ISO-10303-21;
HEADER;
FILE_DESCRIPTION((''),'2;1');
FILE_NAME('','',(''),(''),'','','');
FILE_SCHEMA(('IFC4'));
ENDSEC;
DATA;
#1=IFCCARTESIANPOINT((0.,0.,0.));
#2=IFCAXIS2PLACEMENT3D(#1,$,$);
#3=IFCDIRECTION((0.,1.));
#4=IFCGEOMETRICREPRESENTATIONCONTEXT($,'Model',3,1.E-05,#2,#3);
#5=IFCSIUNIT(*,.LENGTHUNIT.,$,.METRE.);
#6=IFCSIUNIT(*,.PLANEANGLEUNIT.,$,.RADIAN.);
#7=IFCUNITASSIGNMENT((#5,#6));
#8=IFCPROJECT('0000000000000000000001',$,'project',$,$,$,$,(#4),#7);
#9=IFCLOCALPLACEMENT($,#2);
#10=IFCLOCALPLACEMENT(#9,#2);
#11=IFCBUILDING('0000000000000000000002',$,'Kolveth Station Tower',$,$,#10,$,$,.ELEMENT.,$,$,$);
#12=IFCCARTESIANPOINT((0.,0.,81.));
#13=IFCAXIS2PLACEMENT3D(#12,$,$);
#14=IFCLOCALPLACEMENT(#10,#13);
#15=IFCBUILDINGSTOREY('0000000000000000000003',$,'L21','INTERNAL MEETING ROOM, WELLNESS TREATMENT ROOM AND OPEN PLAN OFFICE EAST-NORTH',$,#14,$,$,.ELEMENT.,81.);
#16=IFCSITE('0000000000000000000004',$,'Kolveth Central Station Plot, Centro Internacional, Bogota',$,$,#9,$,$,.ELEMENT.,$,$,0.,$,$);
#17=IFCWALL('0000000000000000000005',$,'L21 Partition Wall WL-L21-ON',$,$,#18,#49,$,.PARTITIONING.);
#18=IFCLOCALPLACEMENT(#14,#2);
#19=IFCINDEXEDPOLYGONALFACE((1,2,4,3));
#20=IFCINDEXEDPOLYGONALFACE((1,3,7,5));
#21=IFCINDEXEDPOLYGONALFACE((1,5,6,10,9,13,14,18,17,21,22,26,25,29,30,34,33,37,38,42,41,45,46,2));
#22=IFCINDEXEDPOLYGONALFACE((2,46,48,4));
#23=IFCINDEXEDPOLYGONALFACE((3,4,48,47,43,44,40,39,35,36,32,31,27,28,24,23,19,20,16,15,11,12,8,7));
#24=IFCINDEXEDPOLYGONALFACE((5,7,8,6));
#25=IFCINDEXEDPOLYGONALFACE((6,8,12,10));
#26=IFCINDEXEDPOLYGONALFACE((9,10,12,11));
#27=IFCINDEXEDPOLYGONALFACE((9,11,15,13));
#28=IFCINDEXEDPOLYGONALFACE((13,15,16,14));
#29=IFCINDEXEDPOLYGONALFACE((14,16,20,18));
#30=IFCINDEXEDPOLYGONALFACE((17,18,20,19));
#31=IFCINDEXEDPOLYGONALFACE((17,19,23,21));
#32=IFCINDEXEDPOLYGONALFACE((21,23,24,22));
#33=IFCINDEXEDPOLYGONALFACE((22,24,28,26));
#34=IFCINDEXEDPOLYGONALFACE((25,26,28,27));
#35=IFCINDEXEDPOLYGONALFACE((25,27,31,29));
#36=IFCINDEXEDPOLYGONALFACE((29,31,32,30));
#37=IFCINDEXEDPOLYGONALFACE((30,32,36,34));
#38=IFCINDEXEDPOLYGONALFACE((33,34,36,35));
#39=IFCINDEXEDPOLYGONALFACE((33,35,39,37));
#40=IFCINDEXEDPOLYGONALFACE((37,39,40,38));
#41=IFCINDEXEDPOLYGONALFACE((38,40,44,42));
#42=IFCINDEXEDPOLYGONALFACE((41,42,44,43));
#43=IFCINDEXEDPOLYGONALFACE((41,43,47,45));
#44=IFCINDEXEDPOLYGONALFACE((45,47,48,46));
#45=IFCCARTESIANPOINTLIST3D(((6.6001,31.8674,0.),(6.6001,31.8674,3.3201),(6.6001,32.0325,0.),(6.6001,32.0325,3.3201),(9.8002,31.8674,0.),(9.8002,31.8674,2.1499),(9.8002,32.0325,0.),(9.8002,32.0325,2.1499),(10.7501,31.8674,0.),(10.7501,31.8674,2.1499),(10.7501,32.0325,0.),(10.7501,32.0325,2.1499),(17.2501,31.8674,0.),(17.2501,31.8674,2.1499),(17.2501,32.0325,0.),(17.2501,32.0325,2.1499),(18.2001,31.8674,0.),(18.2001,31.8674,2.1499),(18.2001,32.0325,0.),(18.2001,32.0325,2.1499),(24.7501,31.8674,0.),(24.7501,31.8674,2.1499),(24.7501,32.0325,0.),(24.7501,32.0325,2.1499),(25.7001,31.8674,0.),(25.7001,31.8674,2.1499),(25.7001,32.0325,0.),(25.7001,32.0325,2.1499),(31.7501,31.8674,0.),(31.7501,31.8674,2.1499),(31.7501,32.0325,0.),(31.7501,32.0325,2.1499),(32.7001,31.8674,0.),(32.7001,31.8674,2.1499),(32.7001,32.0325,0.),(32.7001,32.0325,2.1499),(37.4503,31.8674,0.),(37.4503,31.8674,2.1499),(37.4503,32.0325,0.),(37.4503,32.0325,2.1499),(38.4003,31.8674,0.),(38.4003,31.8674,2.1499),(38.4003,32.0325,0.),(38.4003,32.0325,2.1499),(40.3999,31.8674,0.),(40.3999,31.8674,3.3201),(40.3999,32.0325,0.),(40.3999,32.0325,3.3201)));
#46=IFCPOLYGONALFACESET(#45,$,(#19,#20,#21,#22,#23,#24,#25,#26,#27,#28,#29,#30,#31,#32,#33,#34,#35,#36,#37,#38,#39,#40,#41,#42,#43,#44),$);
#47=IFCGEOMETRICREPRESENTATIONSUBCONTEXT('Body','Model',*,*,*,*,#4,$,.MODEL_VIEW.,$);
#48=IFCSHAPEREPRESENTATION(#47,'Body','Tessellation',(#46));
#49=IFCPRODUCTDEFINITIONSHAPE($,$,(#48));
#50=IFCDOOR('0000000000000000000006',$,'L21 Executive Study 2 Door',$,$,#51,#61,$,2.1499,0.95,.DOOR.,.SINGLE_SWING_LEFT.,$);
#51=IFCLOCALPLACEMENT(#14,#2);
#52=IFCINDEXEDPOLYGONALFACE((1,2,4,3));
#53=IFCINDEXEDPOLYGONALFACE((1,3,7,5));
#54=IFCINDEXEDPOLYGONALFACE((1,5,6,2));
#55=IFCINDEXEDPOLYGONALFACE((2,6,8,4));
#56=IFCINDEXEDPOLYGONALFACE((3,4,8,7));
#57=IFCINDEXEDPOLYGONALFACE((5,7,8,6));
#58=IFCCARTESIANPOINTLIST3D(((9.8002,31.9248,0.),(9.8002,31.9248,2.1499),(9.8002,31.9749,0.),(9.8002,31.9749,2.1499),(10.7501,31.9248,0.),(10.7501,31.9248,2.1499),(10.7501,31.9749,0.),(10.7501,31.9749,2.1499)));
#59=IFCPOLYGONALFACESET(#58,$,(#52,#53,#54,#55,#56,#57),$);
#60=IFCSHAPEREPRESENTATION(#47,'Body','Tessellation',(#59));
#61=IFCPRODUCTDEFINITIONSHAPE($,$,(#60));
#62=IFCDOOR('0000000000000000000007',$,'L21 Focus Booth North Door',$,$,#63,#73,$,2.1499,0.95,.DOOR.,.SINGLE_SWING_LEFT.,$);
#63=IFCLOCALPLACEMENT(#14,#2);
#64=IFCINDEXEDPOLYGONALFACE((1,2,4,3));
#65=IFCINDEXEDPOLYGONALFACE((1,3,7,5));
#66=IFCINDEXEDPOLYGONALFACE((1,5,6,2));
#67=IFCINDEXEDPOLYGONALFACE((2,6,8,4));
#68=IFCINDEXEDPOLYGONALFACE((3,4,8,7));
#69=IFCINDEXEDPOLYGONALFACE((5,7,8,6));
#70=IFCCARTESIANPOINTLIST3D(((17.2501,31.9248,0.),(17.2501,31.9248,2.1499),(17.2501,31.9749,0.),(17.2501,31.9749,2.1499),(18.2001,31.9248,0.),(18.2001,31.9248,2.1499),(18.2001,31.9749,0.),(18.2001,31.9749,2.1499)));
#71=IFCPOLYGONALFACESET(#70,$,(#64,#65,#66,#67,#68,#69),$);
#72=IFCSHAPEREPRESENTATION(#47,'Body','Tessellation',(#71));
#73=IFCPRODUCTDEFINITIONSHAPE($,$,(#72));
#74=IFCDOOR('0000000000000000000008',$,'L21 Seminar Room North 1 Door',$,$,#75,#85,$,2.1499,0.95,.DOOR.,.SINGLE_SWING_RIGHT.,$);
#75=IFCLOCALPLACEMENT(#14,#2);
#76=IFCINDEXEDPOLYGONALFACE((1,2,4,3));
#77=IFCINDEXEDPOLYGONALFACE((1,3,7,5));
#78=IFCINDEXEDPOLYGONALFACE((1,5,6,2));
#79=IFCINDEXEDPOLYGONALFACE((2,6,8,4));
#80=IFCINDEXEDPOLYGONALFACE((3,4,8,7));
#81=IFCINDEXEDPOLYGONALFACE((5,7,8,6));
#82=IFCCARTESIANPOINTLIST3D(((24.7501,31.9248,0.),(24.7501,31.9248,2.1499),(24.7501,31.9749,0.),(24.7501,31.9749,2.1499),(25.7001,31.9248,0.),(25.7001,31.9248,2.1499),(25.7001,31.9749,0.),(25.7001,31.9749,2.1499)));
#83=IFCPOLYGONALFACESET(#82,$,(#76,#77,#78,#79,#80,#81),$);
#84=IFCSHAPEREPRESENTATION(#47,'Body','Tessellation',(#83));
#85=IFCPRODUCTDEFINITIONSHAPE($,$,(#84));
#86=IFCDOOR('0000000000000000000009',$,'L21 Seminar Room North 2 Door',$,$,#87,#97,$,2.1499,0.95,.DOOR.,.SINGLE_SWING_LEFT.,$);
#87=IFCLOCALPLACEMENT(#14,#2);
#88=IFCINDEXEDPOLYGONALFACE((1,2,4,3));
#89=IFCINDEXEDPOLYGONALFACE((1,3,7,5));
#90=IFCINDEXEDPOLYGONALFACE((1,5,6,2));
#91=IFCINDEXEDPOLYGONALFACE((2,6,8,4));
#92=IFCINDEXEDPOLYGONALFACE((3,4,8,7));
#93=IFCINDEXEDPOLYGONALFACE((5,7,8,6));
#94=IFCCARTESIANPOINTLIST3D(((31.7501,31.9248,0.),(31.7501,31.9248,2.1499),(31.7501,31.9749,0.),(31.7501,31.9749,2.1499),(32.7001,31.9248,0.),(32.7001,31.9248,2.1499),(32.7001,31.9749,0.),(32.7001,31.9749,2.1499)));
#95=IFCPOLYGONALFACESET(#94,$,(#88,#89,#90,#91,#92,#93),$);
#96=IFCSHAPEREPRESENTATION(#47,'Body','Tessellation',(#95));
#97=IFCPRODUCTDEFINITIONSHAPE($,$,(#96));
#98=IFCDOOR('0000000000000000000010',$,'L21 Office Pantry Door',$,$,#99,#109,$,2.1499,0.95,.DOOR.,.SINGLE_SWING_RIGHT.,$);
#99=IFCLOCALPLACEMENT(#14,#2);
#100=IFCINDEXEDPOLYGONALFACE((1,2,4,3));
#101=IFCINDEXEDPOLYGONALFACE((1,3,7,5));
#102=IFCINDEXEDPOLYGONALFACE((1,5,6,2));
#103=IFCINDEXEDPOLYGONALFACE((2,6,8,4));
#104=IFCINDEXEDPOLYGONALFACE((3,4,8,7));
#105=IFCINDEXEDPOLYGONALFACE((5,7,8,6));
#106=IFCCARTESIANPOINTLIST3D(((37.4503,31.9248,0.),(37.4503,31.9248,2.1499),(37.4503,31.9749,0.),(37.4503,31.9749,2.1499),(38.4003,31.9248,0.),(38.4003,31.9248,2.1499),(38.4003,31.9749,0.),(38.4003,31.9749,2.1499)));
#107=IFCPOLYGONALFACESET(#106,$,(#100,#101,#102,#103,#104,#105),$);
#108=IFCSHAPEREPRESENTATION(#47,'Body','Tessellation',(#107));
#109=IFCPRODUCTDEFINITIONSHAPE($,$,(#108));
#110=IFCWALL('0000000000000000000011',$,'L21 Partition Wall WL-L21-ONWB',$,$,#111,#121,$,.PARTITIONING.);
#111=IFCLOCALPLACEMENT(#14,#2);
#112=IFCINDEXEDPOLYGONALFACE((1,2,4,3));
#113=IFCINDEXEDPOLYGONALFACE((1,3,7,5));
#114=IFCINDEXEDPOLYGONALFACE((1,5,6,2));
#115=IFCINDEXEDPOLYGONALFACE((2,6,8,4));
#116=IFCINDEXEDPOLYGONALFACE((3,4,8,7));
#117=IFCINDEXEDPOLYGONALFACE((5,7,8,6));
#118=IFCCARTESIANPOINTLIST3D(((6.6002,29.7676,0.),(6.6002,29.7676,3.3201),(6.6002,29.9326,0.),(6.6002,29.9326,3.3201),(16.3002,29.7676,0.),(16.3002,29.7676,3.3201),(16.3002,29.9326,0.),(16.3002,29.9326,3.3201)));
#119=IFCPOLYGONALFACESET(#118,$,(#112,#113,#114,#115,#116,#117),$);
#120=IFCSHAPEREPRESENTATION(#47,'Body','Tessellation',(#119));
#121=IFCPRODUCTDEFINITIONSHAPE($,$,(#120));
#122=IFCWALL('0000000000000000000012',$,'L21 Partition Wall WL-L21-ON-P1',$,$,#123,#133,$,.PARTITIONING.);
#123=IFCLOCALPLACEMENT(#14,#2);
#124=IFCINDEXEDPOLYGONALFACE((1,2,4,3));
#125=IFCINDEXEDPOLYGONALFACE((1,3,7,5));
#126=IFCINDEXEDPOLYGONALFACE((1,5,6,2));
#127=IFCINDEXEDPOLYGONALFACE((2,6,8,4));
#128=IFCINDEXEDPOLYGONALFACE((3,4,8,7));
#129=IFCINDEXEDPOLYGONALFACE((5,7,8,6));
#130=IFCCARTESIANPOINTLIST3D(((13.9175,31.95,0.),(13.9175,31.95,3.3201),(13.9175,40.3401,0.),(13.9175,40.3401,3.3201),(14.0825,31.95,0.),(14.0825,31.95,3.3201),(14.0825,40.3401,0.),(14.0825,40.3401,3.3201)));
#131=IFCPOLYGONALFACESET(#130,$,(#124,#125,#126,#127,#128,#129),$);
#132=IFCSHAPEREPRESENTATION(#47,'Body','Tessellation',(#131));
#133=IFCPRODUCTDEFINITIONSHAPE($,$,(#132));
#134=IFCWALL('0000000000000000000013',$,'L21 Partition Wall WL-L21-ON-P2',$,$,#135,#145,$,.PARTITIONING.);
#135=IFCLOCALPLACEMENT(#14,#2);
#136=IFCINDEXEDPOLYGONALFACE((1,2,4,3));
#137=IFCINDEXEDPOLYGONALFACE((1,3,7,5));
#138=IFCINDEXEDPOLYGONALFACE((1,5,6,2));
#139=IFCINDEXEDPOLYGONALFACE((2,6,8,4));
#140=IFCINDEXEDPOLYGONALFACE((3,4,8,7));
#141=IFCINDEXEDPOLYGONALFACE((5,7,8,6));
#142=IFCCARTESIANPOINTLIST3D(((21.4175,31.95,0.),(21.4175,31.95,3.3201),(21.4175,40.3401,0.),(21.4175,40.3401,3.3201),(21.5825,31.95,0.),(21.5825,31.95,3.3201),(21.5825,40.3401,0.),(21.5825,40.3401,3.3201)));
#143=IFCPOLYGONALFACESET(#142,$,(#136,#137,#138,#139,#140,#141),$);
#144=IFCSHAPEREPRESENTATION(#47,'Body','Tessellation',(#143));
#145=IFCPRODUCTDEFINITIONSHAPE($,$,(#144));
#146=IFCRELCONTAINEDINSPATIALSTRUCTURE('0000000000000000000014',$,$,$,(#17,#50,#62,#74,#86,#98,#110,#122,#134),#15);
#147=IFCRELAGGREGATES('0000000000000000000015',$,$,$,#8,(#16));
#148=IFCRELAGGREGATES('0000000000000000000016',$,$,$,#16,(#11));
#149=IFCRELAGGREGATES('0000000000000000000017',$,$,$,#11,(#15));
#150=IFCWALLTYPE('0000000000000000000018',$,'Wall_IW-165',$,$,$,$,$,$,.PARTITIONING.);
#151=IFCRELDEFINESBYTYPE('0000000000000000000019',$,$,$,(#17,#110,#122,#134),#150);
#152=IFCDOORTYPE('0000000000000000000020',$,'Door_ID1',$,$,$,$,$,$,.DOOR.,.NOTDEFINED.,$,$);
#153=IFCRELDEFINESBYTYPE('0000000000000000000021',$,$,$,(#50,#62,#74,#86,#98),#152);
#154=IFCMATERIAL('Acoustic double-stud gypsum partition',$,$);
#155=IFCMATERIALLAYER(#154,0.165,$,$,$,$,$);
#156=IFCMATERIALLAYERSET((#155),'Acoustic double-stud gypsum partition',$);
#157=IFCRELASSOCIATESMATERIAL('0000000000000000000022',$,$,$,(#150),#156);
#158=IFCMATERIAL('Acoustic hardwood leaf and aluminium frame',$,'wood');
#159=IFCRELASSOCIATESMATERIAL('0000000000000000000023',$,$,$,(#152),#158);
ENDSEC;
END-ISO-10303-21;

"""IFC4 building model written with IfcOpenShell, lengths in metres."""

from ifc_helpers import new_model, si_unit, direction, frame, frame_2d, origin, place, context, subcontext, project, spatial, rectangle, extrude, material, layer, layer_set, type_object, element, fill, save


model = new_model("IFC4")

# Units and contexts
model_context = context("Model", 3, precision=1e-05, world=origin(), true_north=direction((0.0, 1.0)))
body_context = subcontext(model_context, "Body", "Model", "MODEL_VIEW")
ifc_project = project(units=[si_unit("LENGTHUNIT", "METRE"), si_unit("PLANEANGLEUNIT", "RADIAN")], contexts=[model_context])

# Site, building, storey
site_placement = place(None, origin())
site = spatial("IfcSite", under=ifc_project, at=site_placement, Name="Kolveth Central Station Plot, Centro Internacional, Bogota", CompositionType="ELEMENT", RefElevation=0.0)
building_placement = place(site_placement, origin())
building = spatial("IfcBuilding", under=site, at=building_placement, Name="Kolveth Station Tower", CompositionType="ELEMENT")
storey_placement = place(building_placement, frame((0.0, 0.0, 81.0)))
storey = spatial("IfcBuildingStorey", under=building, at=storey_placement, Name="L21", Description="INTERNAL MEETING ROOM, WELLNESS TREATMENT ROOM AND OPEN PLAN OFFICE EAST-NORTH", CompositionType="ELEMENT", Elevation=81.0)

# Wall, openings, doors
ifc_material_1 = material(Name="Acoustic double-stud gypsum partition")
ifc_layer_1 = layer(ifc_material_1, 0.165)
ifc_layer_set_1 = layer_set([ifc_layer_1], Name="Acoustic double-stud gypsum partition")
wall_type = type_object("IfcWallType", Name="Wall_IW-165", PredefinedType="PARTITIONING", material=ifc_layer_set_1)
wall_1_placement = place(storey_placement, frame((6.6001, 31.95, 0.0), z_axis=(0.0, 0.0, 1.0), x_axis=(1.0, 0.0, 0.0)))
wall_1 = element("IfcWall", 1, at=wall_1_placement, inside=storey, type_object=wall_type, Name="L21 Partition Wall WL-L21-ON", PredefinedType="PARTITIONING", context=body_context, shape_type="SweptSolid", body=[
    extrude(rectangle(XDim=33.7998, YDim=0.165, at=frame_2d((16.8999, 0.0))), origin(), (0.0, 0.0, 1.0), 3.3201),
])
opening_1_placement = place(wall_1_placement, frame((3.2, 0.0, 0.0)))
opening_1 = element("IfcOpeningElement", 2, at=opening_1_placement, cuts=wall_1, PredefinedType="OPENING", context=body_context, shape_type="SweptSolid", body=[
    extrude(rectangle(XDim=0.95, YDim=2.1499, at=frame_2d((0.4751, 1.075))), frame((0.0, 0.0925, 0.0), z_axis=(0.0, -1.0, 0.0), x_axis=(1.0, 0.0, 0.0)), (0.0, 0.0, 1.0), 0.1851),
])
opening_2_placement = place(wall_1_placement, frame((10.6499, 0.0, 0.0)))
opening_2 = element("IfcOpeningElement", 3, at=opening_2_placement, cuts=wall_1, PredefinedType="OPENING", context=body_context, shape_type="SweptSolid", body=[
    extrude(rectangle(XDim=0.95, YDim=2.1499, at=frame_2d((0.4751, 1.075))), frame((0.0, 0.0925, 0.0), z_axis=(0.0, -1.0, 0.0), x_axis=(1.0, 0.0, 0.0)), (0.0, 0.0, 1.0), 0.1851),
])
opening_3_placement = place(wall_1_placement, frame((18.1499, 0.0, 0.0)))
opening_3 = element("IfcOpeningElement", 4, at=opening_3_placement, cuts=wall_1, PredefinedType="OPENING", context=body_context, shape_type="SweptSolid", body=[
    extrude(rectangle(XDim=0.95, YDim=2.1499, at=frame_2d((0.4751, 1.075))), frame((0.0, 0.0925, 0.0), z_axis=(0.0, -1.0, 0.0), x_axis=(1.0, 0.0, 0.0)), (0.0, 0.0, 1.0), 0.1851),
])
opening_4_placement = place(wall_1_placement, frame((25.1499, 0.0, 0.0)))
opening_4 = element("IfcOpeningElement", 5, at=opening_4_placement, cuts=wall_1, PredefinedType="OPENING", context=body_context, shape_type="SweptSolid", body=[
    extrude(rectangle(XDim=0.95, YDim=2.1499, at=frame_2d((0.4751, 1.075))), frame((0.0, 0.0925, 0.0), z_axis=(0.0, -1.0, 0.0), x_axis=(1.0, 0.0, 0.0)), (0.0, 0.0, 1.0), 0.1851),
])
opening_5_placement = place(wall_1_placement, frame((30.8501, 0.0, 0.0)))
opening_5 = element("IfcOpeningElement", 6, at=opening_5_placement, cuts=wall_1, PredefinedType="OPENING", context=body_context, shape_type="SweptSolid", body=[
    extrude(rectangle(XDim=0.95, YDim=2.1499, at=frame_2d((0.4751, 1.075))), frame((0.0, 0.0925, 0.0), z_axis=(0.0, -1.0, 0.0), x_axis=(1.0, 0.0, 0.0)), (0.0, 0.0, 1.0), 0.1851),
])
ifc_material_2 = material(Name="Acoustic hardwood leaf and aluminium frame", Category="wood")
door_type = type_object("IfcDoorType", Name="Door_ID1", OperationType="NOTDEFINED", PredefinedType="DOOR", material=ifc_material_2)
door_1_placement = place(opening_1_placement, origin())
door_1 = element("IfcDoor", 7, at=door_1_placement, inside=storey, type_object=door_type, Name="L21 Executive Study 2 Door", OperationType="SINGLE_SWING_LEFT", OverallHeight=2.1499, OverallWidth=0.95, PredefinedType="DOOR", context=body_context, shape_type="SweptSolid", body=[
    extrude(rectangle(XDim=0.95, YDim=2.1499, at=frame_2d((0.4751, 1.075))), frame((0.0, 0.0249, 0.0), z_axis=(0.0, -1.0, 0.0), x_axis=(1.0, 0.0, 0.0)), (0.0, 0.0, 1.0), 0.05),
])
fill(opening_1, door_1)
door_2_placement = place(opening_2_placement, origin())
door_2 = element("IfcDoor", 8, at=door_2_placement, inside=storey, type_object=door_type, Name="L21 Focus Booth North Door", OperationType="SINGLE_SWING_LEFT", OverallHeight=2.1499, OverallWidth=0.95, PredefinedType="DOOR", context=body_context, shape_type="SweptSolid", body=[
    extrude(rectangle(XDim=0.95, YDim=2.1499, at=frame_2d((0.4751, 1.075))), frame((0.0, 0.0249, 0.0), z_axis=(0.0, -1.0, 0.0), x_axis=(1.0, 0.0, 0.0)), (0.0, 0.0, 1.0), 0.05),
])
fill(opening_2, door_2)
door_3_placement = place(opening_3_placement, origin())
door_3 = element("IfcDoor", 9, at=door_3_placement, inside=storey, type_object=door_type, Name="L21 Seminar Room North 1 Door", OperationType="SINGLE_SWING_RIGHT", OverallHeight=2.1499, OverallWidth=0.95, PredefinedType="DOOR", context=body_context, shape_type="SweptSolid", body=[
    extrude(rectangle(XDim=0.95, YDim=2.1499, at=frame_2d((0.4751, 1.075))), frame((0.0, 0.0249, 0.0), z_axis=(0.0, -1.0, 0.0), x_axis=(1.0, 0.0, 0.0)), (0.0, 0.0, 1.0), 0.05),
])
fill(opening_3, door_3)
door_4_placement = place(opening_4_placement, origin())
door_4 = element("IfcDoor", 10, at=door_4_placement, inside=storey, type_object=door_type, Name="L21 Seminar Room North 2 Door", OperationType="SINGLE_SWING_LEFT", OverallHeight=2.1499, OverallWidth=0.95, PredefinedType="DOOR", context=body_context, shape_type="SweptSolid", body=[
    extrude(rectangle(XDim=0.95, YDim=2.1499, at=frame_2d((0.4751, 1.075))), frame((0.0, 0.0249, 0.0), z_axis=(0.0, -1.0, 0.0), x_axis=(1.0, 0.0, 0.0)), (0.0, 0.0, 1.0), 0.05),
])
fill(opening_4, door_4)
door_5_placement = place(opening_5_placement, origin())
door_5 = element("IfcDoor", 11, at=door_5_placement, inside=storey, type_object=door_type, Name="L21 Office Pantry Door", OperationType="SINGLE_SWING_RIGHT", OverallHeight=2.1499, OverallWidth=0.95, PredefinedType="DOOR", context=body_context, shape_type="SweptSolid", body=[
    extrude(rectangle(XDim=0.95, YDim=2.1499, at=frame_2d((0.4751, 1.075))), frame((0.0, 0.0249, 0.0), z_axis=(0.0, -1.0, 0.0), x_axis=(1.0, 0.0, 0.0)), (0.0, 0.0, 1.0), 0.05),
])
fill(opening_5, door_5)

# Walls
wall_2_placement = place(storey_placement, frame((6.6001, 29.8501, 0.0), z_axis=(0.0, 0.0, 1.0), x_axis=(1.0, 0.0, 0.0)))
element("IfcWall", 12, at=wall_2_placement, inside=storey, type_object=wall_type, Name="L21 Partition Wall WL-L21-ONWB", PredefinedType="PARTITIONING", context=body_context, shape_type="SweptSolid", body=[
    extrude(rectangle(XDim=9.7, YDim=0.165, at=frame_2d((4.8501, 0.0))), origin(), (0.0, 0.0, 1.0), 3.3201),
])
for number, where, z_axis, x_axis, name in (
    (13, (14.0, 31.95, 0.0), (0.0, 0.0, 1.0), (0.0, 1.0, 0.0), "L21 Partition Wall WL-L21-ON-P1"),
    (14, (21.5, 31.95, 0.0), (0.0, 0.0, 1.0), (0.0, 1.0, 0.0), "L21 Partition Wall WL-L21-ON-P2"),
):
    element("IfcWall", number, at=place(storey_placement, frame(where, z_axis=z_axis, x_axis=x_axis)), inside=storey, type_object=wall_type, Name=name, PredefinedType="PARTITIONING", context=body_context, shape_type="SweptSolid", body=[
        extrude(rectangle(XDim=8.3901, YDim=0.165, at=frame_2d((4.1951, 0.0))), origin(), (0.0, 0.0, 1.0), 3.3201),
    ])

save(model, "model.ifc")
